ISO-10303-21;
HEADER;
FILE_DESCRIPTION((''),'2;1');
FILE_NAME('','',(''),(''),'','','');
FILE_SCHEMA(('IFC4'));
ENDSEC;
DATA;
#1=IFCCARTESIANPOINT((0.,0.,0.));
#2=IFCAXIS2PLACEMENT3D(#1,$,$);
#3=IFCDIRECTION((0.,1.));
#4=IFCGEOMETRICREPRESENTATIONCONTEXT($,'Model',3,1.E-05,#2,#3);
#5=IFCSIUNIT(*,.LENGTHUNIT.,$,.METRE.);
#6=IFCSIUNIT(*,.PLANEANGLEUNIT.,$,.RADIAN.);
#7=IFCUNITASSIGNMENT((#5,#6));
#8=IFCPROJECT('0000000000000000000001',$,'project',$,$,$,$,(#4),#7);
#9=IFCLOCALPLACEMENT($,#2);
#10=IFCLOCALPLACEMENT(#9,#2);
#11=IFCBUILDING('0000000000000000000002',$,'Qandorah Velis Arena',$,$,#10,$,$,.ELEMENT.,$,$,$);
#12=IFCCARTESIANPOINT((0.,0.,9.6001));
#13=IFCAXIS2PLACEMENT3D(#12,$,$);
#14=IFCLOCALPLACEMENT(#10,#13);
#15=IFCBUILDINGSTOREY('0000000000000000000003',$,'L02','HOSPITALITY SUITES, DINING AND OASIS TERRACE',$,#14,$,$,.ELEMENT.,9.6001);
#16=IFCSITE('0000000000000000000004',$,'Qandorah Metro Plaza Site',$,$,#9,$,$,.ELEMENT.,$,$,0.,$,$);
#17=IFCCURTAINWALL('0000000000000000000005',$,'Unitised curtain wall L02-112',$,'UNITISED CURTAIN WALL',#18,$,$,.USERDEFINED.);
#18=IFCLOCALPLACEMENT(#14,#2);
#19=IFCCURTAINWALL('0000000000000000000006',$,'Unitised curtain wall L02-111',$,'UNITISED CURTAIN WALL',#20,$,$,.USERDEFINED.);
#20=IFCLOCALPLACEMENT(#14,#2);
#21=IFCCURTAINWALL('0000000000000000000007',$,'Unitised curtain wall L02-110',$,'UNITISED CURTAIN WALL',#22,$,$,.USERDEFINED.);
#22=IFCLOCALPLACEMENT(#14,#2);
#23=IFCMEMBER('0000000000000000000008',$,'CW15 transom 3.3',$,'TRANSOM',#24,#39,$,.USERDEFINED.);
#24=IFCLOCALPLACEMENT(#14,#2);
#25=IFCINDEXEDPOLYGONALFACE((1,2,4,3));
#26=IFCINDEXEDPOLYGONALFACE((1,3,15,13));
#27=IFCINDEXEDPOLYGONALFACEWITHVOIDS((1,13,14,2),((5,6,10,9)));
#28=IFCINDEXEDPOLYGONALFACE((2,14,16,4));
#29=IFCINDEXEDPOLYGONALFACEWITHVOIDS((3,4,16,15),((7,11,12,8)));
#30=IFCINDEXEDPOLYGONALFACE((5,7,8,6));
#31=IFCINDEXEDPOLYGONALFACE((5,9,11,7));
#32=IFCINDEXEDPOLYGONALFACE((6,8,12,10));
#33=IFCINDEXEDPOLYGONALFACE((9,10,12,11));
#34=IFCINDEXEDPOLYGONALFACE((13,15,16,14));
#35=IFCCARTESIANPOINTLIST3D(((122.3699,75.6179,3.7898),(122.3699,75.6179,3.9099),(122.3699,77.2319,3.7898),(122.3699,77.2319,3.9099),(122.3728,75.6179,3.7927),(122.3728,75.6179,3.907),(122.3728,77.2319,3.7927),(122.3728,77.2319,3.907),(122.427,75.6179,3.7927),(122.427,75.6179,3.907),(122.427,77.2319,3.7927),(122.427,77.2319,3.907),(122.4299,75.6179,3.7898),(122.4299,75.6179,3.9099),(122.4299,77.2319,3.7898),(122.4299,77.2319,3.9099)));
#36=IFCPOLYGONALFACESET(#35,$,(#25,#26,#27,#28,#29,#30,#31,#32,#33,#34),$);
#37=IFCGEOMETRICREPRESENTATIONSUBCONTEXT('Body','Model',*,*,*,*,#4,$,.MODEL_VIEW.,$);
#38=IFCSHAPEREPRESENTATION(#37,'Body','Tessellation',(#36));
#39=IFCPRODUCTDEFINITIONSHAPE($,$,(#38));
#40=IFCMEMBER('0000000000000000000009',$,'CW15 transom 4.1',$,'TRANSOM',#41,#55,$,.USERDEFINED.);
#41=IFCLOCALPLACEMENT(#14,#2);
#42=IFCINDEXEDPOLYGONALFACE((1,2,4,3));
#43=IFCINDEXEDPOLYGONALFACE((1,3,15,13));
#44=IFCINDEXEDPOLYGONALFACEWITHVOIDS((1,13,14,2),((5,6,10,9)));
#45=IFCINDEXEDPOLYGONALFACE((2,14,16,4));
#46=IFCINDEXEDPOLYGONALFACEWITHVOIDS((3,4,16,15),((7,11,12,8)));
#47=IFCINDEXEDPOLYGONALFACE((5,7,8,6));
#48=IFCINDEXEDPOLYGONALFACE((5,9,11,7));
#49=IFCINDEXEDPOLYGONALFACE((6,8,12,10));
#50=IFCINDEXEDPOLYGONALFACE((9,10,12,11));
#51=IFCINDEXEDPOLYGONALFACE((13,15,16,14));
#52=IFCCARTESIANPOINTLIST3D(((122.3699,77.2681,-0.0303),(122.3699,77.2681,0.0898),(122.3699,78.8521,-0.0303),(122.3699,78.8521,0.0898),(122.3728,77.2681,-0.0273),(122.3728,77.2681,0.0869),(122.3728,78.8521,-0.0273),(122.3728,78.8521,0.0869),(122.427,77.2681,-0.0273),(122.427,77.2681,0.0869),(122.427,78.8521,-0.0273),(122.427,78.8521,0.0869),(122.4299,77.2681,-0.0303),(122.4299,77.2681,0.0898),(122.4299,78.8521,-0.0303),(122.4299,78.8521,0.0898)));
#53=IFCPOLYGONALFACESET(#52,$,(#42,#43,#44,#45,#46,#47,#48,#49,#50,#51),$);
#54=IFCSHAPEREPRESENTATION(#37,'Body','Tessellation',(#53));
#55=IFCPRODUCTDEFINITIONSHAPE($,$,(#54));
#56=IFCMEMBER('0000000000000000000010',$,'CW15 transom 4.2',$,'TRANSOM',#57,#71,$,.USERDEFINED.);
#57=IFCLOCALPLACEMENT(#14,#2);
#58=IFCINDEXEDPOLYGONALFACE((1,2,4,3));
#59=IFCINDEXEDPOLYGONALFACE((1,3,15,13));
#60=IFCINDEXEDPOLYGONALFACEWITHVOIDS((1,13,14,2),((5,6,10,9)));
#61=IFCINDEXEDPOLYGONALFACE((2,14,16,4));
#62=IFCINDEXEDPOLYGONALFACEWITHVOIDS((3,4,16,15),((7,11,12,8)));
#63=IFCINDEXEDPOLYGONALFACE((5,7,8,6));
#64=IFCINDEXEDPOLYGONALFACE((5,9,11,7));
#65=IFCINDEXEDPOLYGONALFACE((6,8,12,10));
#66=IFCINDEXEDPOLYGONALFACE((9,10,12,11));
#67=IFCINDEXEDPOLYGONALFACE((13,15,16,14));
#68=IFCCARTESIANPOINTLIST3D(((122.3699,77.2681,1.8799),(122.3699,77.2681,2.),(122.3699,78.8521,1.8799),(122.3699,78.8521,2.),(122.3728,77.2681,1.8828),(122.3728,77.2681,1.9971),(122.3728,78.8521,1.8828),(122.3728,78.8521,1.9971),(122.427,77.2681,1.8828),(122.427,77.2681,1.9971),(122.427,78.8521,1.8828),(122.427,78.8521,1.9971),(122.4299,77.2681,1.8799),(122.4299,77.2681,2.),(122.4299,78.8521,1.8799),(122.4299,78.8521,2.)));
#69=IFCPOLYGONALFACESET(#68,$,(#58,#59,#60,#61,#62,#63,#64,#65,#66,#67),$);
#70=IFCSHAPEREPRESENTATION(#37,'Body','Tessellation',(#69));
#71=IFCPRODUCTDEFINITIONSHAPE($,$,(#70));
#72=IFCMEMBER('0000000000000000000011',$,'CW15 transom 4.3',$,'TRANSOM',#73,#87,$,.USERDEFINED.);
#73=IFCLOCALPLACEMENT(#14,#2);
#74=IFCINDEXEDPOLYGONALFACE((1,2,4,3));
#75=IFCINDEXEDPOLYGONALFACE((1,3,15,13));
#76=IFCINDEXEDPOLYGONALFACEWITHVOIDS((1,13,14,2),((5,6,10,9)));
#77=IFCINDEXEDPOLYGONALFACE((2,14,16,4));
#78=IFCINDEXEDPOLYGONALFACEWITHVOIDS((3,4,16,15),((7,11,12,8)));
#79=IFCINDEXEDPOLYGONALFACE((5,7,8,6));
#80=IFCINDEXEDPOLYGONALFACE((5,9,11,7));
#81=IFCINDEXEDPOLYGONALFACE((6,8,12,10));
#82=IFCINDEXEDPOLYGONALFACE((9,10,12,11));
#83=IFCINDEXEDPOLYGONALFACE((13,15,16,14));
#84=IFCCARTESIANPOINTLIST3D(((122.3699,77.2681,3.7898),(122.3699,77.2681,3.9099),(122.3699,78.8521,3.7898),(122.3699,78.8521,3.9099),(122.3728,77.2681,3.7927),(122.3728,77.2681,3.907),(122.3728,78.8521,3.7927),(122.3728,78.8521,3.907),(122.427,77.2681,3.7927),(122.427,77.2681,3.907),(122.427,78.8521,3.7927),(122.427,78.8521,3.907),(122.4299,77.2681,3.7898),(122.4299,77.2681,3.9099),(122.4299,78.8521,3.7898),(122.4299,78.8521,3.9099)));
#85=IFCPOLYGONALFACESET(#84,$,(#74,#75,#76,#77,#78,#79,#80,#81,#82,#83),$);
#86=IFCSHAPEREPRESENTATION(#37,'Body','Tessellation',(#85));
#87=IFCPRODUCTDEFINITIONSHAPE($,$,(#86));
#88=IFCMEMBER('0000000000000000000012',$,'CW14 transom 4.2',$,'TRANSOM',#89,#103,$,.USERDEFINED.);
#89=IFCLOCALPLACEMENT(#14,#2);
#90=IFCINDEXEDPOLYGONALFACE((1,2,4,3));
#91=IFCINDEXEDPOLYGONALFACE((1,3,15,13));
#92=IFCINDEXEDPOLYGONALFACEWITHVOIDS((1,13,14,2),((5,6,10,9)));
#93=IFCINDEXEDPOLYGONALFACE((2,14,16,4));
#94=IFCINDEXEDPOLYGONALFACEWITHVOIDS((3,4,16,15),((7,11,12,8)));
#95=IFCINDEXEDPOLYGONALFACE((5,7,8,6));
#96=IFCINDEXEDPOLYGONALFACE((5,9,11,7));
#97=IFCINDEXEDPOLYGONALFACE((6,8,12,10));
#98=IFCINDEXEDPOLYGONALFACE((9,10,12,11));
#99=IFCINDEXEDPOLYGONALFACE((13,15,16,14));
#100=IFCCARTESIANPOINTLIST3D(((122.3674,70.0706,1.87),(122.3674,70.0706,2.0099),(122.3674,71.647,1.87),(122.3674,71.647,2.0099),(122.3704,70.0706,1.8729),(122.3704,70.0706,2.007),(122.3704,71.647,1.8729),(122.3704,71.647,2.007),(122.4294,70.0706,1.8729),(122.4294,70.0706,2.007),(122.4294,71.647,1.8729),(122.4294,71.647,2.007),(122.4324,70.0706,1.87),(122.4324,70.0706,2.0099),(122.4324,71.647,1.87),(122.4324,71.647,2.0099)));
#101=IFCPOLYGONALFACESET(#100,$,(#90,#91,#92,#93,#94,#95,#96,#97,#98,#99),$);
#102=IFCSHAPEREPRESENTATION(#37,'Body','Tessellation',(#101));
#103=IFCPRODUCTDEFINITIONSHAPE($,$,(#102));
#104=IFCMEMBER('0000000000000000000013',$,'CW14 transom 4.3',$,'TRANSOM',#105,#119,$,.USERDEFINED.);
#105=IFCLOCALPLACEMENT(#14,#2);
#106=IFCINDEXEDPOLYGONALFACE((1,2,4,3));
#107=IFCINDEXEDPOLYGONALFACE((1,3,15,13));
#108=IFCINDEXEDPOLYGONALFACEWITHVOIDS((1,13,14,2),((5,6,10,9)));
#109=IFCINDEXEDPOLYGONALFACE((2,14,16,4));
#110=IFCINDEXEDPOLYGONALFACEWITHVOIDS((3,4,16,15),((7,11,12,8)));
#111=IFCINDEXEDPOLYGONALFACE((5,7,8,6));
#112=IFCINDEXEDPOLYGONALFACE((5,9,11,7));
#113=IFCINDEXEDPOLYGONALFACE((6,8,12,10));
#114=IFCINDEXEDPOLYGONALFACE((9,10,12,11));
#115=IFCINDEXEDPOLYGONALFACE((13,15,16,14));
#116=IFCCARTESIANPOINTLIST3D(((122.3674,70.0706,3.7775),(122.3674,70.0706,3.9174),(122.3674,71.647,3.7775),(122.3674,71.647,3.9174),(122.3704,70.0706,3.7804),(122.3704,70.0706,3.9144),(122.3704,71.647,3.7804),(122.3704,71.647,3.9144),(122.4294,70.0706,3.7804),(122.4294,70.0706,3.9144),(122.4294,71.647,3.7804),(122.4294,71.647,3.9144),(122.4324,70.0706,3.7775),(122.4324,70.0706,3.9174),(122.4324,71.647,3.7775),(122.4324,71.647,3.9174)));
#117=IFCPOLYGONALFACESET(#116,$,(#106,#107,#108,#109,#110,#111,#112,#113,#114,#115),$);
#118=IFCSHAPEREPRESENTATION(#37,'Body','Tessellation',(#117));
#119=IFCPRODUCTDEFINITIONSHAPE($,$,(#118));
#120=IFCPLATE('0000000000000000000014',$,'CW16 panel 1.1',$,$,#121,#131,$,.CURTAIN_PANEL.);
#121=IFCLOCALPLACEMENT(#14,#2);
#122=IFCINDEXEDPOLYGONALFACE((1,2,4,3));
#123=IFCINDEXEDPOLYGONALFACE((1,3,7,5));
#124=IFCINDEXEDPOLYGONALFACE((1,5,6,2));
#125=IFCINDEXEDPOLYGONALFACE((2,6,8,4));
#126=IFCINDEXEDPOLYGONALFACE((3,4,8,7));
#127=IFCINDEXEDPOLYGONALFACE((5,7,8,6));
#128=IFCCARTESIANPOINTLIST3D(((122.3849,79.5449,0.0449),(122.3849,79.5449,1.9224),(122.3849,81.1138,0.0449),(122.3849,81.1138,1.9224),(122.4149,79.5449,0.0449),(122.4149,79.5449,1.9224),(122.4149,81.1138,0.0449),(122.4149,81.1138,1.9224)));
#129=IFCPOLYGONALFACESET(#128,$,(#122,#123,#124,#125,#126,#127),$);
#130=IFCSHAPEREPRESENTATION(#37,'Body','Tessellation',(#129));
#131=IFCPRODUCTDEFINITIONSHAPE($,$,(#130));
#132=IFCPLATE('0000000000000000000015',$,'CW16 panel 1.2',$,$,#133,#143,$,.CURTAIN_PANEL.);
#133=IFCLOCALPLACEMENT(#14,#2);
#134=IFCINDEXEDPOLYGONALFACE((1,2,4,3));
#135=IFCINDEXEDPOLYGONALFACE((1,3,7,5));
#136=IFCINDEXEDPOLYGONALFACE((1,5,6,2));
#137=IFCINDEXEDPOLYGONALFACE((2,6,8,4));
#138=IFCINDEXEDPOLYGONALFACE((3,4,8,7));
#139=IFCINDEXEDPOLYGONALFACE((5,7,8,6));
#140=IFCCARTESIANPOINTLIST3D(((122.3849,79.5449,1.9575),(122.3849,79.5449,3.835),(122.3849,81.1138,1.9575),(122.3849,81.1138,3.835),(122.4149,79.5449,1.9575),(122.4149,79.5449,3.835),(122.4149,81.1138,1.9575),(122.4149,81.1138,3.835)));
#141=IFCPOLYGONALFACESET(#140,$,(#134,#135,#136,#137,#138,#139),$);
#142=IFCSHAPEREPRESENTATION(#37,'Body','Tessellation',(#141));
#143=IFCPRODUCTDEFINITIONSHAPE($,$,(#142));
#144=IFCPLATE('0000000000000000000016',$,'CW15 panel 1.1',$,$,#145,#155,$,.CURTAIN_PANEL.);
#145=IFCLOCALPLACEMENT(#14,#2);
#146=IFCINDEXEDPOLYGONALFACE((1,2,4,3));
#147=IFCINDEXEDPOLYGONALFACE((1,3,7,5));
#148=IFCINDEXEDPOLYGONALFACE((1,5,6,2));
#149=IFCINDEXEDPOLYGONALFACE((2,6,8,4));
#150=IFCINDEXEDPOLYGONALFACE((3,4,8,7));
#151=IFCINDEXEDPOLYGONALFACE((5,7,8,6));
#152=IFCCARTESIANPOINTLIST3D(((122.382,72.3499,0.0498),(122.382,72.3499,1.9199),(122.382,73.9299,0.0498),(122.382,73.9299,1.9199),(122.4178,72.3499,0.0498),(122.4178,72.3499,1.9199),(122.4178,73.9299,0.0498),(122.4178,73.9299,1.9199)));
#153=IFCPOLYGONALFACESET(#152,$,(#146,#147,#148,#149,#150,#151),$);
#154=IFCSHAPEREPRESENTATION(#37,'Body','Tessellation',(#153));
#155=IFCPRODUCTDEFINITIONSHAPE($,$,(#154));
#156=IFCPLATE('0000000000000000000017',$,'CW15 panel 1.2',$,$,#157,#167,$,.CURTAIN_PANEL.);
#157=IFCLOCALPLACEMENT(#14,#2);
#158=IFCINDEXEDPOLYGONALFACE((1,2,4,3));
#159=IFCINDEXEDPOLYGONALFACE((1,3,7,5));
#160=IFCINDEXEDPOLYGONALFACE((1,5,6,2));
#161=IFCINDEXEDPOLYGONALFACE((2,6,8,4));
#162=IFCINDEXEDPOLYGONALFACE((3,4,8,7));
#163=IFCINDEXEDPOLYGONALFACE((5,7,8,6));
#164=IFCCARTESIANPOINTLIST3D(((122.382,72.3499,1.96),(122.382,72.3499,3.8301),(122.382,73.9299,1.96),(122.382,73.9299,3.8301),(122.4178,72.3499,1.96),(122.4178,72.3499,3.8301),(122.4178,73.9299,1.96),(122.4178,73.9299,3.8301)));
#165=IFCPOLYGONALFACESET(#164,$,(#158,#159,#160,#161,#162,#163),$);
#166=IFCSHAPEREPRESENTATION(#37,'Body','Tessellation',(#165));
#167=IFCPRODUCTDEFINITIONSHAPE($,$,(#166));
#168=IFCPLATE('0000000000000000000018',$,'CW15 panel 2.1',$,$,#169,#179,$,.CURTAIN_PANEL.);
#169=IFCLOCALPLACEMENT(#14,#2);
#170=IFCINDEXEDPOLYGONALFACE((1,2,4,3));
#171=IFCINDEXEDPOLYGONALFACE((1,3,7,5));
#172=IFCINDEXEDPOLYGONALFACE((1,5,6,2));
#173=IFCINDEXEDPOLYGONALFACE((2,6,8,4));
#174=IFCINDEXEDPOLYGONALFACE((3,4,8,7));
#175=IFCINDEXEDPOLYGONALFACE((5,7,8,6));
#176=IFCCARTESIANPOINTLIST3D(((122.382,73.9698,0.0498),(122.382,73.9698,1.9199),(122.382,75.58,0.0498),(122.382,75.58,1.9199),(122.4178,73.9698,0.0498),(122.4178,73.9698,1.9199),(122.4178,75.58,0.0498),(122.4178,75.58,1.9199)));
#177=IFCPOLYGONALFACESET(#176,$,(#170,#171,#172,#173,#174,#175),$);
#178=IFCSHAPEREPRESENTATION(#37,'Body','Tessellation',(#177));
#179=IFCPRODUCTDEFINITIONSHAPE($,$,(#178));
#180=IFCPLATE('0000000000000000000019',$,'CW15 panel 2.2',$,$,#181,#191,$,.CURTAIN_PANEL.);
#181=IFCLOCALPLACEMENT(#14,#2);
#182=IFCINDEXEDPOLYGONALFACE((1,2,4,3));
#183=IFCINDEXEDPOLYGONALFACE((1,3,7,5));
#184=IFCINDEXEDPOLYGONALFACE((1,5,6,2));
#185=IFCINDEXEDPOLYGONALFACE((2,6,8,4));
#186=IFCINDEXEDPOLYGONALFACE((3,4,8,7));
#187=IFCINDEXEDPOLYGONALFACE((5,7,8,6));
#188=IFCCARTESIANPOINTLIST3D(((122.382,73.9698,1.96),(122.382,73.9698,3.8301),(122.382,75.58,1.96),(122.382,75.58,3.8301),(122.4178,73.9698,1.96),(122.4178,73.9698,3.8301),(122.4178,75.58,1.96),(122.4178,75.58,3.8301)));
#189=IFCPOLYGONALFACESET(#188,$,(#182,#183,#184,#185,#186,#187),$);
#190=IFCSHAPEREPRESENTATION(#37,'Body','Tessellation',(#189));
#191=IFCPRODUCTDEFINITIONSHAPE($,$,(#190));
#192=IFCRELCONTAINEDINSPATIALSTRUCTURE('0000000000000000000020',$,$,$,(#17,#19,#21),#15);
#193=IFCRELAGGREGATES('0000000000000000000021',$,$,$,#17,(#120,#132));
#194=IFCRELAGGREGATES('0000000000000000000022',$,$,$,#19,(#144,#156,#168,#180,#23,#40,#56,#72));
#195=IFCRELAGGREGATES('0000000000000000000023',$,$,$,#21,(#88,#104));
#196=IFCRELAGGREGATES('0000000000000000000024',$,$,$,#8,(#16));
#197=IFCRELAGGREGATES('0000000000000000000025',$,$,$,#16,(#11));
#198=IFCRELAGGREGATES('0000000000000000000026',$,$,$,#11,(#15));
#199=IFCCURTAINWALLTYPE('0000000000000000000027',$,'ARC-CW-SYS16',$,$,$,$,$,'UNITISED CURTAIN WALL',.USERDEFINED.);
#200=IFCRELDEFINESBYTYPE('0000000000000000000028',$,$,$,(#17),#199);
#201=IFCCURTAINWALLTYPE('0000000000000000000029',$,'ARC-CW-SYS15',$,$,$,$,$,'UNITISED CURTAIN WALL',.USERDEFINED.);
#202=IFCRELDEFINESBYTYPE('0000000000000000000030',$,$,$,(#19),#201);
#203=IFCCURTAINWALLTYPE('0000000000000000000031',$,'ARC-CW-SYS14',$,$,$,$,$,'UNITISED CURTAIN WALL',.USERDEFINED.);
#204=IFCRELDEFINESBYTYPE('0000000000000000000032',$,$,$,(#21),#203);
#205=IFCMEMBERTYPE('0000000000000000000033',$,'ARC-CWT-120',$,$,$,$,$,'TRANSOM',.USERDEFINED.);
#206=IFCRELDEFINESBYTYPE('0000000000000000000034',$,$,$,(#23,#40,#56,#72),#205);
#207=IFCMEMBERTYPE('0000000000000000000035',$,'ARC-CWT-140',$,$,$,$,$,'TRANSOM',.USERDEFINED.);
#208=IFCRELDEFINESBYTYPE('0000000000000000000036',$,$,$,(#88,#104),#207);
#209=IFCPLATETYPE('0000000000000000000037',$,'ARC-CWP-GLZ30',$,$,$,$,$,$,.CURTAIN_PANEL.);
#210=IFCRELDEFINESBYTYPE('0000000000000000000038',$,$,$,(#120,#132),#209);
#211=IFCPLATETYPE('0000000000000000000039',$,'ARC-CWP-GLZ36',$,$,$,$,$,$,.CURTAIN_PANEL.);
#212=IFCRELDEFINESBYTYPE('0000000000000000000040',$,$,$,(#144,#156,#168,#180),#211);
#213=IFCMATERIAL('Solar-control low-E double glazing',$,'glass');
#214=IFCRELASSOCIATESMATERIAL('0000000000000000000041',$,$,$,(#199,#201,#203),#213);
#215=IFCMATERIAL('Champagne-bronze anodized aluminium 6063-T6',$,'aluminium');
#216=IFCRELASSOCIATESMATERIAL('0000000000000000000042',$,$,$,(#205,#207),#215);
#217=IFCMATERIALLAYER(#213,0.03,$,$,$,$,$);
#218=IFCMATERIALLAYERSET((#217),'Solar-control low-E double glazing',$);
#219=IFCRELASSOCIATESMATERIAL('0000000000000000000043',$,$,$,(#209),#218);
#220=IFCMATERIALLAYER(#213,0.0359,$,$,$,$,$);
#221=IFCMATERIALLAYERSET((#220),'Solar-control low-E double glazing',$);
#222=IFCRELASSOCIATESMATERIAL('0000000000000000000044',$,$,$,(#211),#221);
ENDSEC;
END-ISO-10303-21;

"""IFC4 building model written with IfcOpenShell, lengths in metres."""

from ifc_helpers import new_model, si_unit, direction, frame, origin, origin_2d, place, context, subcontext, project, spatial, rectangle, hollow_rectangle, extrude, material, layer, layer_set, material_profile, profile_set, type_object, element, aggregate, save


model = new_model("IFC4")

# Units and contexts
model_context = context("Model", 3, precision=1e-05, world=origin(), true_north=direction((0.0, 1.0)))
body_context = subcontext(model_context, "Body", "Model", "MODEL_VIEW")
ifc_project = project(units=[si_unit("LENGTHUNIT", "METRE"), si_unit("PLANEANGLEUNIT", "RADIAN")], contexts=[model_context])

# Site, building, storey
site_placement = place(None, origin())
site = spatial("IfcSite", under=ifc_project, at=site_placement, Name="Qandorah Metro Plaza Site", CompositionType="ELEMENT", RefElevation=0.0)
building_placement = place(site_placement, origin())
building = spatial("IfcBuilding", under=site, at=building_placement, Name="Qandorah Velis Arena", CompositionType="ELEMENT")
storey_placement = place(building_placement, frame((0.0, 0.0, 9.6001)))
storey = spatial("IfcBuildingStorey", under=building, at=storey_placement, Name="L02", Description="HOSPITALITY SUITES, DINING AND OASIS TERRACE", CompositionType="ELEMENT", Elevation=9.6001)

# Curtain walls
ifc_material_1 = material(Name="Solar-control low-E double glazing", Category="glass")
curtain_wall_type_1 = type_object("IfcCurtainWallType", Name="ARC-CW-SYS16", ElementType="UNITISED CURTAIN WALL", PredefinedType="USERDEFINED", material=ifc_material_1)
curtain_wall_1_placement = place(storey_placement, origin())
curtain_wall_1 = element("IfcCurtainWall", 1, at=curtain_wall_1_placement, inside=storey, type_object=curtain_wall_type_1, Name="Unitised curtain wall L02-112", ObjectType="UNITISED CURTAIN WALL", PredefinedType="USERDEFINED")
ifc_material_2 = material(Name="Champagne-bronze anodized aluminium 6063-T6", Category="aluminium")
curtain_wall_type_2 = type_object("IfcCurtainWallType", Name="ARC-CW-SYS15", ElementType="UNITISED CURTAIN WALL", PredefinedType="USERDEFINED", material=ifc_material_1)
curtain_wall_2_placement = place(storey_placement, origin())
curtain_wall_2 = element("IfcCurtainWall", 2, at=curtain_wall_2_placement, inside=storey, type_object=curtain_wall_type_2, Name="Unitised curtain wall L02-111", ObjectType="UNITISED CURTAIN WALL", PredefinedType="USERDEFINED")

# Curtain wall
curtain_wall_type_3 = type_object("IfcCurtainWallType", Name="ARC-CW-SYS14", ElementType="UNITISED CURTAIN WALL", PredefinedType="USERDEFINED", material=ifc_material_1)
curtain_wall_3_placement = place(storey_placement, origin())
curtain_wall_3 = element("IfcCurtainWall", 3, at=curtain_wall_3_placement, inside=storey, type_object=curtain_wall_type_3, Name="Unitised curtain wall L02-110", ObjectType="UNITISED CURTAIN WALL", PredefinedType="USERDEFINED")

# Members
ifc_material_profile_1 = material_profile(ifc_material_2, hollow_rectangle(XDim=0.0601, YDim=0.1201, WallThickness=0.0029, at=origin_2d()), Name="ALU TRANSOM 60x120")
ifc_profile_set_1 = profile_set([ifc_material_profile_1], Name="Champagne-bronze anodized aluminium 6063-T6")
member_type_1 = type_object("IfcMemberType", Name="ARC-CWT-120", ElementType="TRANSOM", PredefinedType="USERDEFINED", material=ifc_profile_set_1)
member_1_placement = place(storey_placement, frame((122.3999, 75.6179, 3.8499), z_axis=(0.0, 1.0, 0.0), x_axis=(-1.0, 0.0, 0.0)))
member_1 = element("IfcMember", 4, at=member_1_placement, type_object=member_type_1, Name="CW15 transom 3.3", ObjectType="TRANSOM", PredefinedType="USERDEFINED", context=body_context, shape_type="SweptSolid", body=[
    extrude(hollow_rectangle(XDim=0.0601, YDim=0.1201, WallThickness=0.0029, at=origin_2d()), origin(), (0.0, 0.0, 1.0), 1.614),
])
member_2_placement = place(storey_placement, frame((122.3999, 77.2681, 0.0298), z_axis=(0.0, 1.0, 0.0), x_axis=(-1.0, 0.0, 0.0)))
member_2 = element("IfcMember", 5, at=member_2_placement, type_object=member_type_1, Name="CW15 transom 4.1", ObjectType="TRANSOM", PredefinedType="USERDEFINED", context=body_context, shape_type="SweptSolid", body=[
    extrude(hollow_rectangle(XDim=0.0601, YDim=0.1201, WallThickness=0.0029, at=origin_2d()), origin(), (0.0, 0.0, 1.0), 1.584),
])
member_3_placement = place(storey_placement, frame((122.3999, 77.2681, 1.9399), z_axis=(0.0, 1.0, 0.0), x_axis=(-1.0, 0.0, 0.0)))
member_3 = element("IfcMember", 6, at=member_3_placement, type_object=member_type_1, Name="CW15 transom 4.2", ObjectType="TRANSOM", PredefinedType="USERDEFINED", context=body_context, shape_type="SweptSolid", body=[
    extrude(hollow_rectangle(XDim=0.0601, YDim=0.1201, WallThickness=0.0029, at=origin_2d()), origin(), (0.0, 0.0, 1.0), 1.584),
])
member_4_placement = place(storey_placement, frame((122.3999, 77.2681, 3.8499), z_axis=(0.0, 1.0, 0.0), x_axis=(-1.0, 0.0, 0.0)))
member_4 = element("IfcMember", 7, at=member_4_placement, type_object=member_type_1, Name="CW15 transom 4.3", ObjectType="TRANSOM", PredefinedType="USERDEFINED", context=body_context, shape_type="SweptSolid", body=[
    extrude(hollow_rectangle(XDim=0.0601, YDim=0.1201, WallThickness=0.0029, at=origin_2d()), origin(), (0.0, 0.0, 1.0), 1.584),
])
ifc_material_profile_2 = material_profile(ifc_material_2, hollow_rectangle(XDim=0.0649, YDim=0.1399, WallThickness=0.0029, at=origin_2d()), Name="ALU TRANSOM 65x140")
ifc_profile_set_2 = profile_set([ifc_material_profile_2], Name="Champagne-bronze anodized aluminium 6063-T6")
member_type_2 = type_object("IfcMemberType", Name="ARC-CWT-140", ElementType="TRANSOM", PredefinedType="USERDEFINED", material=ifc_profile_set_2)
member_5_placement = place(storey_placement, frame((122.3999, 70.0706, 1.9399), z_axis=(0.0, 1.0, 0.0), x_axis=(-1.0, 0.0, 0.0)))
member_5 = element("IfcMember", 8, at=member_5_placement, type_object=member_type_2, Name="CW14 transom 4.2", ObjectType="TRANSOM", PredefinedType="USERDEFINED", context=body_context, shape_type="SweptSolid", body=[
    extrude(hollow_rectangle(XDim=0.0649, YDim=0.1399, WallThickness=0.0029, at=origin_2d()), origin(), (0.0, 0.0, 1.0), 1.5764),
])
member_6_placement = place(storey_placement, frame((122.3999, 70.0706, 3.8474), z_axis=(0.0, 1.0, 0.0), x_axis=(-1.0, 0.0, 0.0)))
member_6 = element("IfcMember", 9, at=member_6_placement, type_object=member_type_2, Name="CW14 transom 4.3", ObjectType="TRANSOM", PredefinedType="USERDEFINED", context=body_context, shape_type="SweptSolid", body=[
    extrude(hollow_rectangle(XDim=0.0649, YDim=0.1399, WallThickness=0.0029, at=origin_2d()), origin(), (0.0, 0.0, 1.0), 1.5764),
])

# Plates
ifc_layer_1 = layer(ifc_material_1, 0.03)
ifc_layer_set_1 = layer_set([ifc_layer_1], Name="Solar-control low-E double glazing")
plate_type_1 = type_object("IfcPlateType", Name="ARC-CWP-GLZ30", PredefinedType="CURTAIN_PANEL", material=ifc_layer_set_1)
plate_1_placement = place(storey_placement, frame((122.3999, 80.3293, 0.0449), z_axis=(0.0, 0.0, 1.0), x_axis=(0.0, 1.0, 0.0)))
plate_1 = element("IfcPlate", 10, at=plate_1_placement, type_object=plate_type_1, Name="CW16 panel 1.1", PredefinedType="CURTAIN_PANEL", context=body_context, shape_type="SweptSolid", body=[
    extrude(rectangle(XDim=1.5688, YDim=0.03, at=origin_2d()), origin(), (0.0, 0.0, 1.0), 1.8774),
])
plate_2_placement = place(storey_placement, frame((122.3999, 80.3293, 1.9575), z_axis=(0.0, 0.0, 1.0), x_axis=(0.0, 1.0, 0.0)))
plate_2 = element("IfcPlate", 11, at=plate_2_placement, type_object=plate_type_1, Name="CW16 panel 1.2", PredefinedType="CURTAIN_PANEL", context=body_context, shape_type="SweptSolid", body=[
    extrude(rectangle(XDim=1.5688, YDim=0.03, at=origin_2d()), origin(), (0.0, 0.0, 1.0), 1.8774),
])
aggregate(curtain_wall_1, [plate_1, plate_2])
ifc_layer_2 = layer(ifc_material_1, 0.0359)
ifc_layer_set_2 = layer_set([ifc_layer_2], Name="Solar-control low-E double glazing")
plate_type_2 = type_object("IfcPlateType", Name="ARC-CWP-GLZ36", PredefinedType="CURTAIN_PANEL", material=ifc_layer_set_2)
plate_3_placement = place(storey_placement, frame((122.3999, 73.1399, 0.0498), z_axis=(0.0, 0.0, 1.0), x_axis=(0.0, 1.0, 0.0)))
plate_3 = element("IfcPlate", 12, at=plate_3_placement, type_object=plate_type_2, Name="CW15 panel 1.1", PredefinedType="CURTAIN_PANEL", context=body_context, shape_type="SweptSolid", body=[
    extrude(rectangle(XDim=1.5801, YDim=0.0359, at=origin_2d()), origin(), (0.0, 0.0, 1.0), 1.8701),
])
plate_4_placement = place(storey_placement, frame((122.3999, 73.1399, 1.96), z_axis=(0.0, 0.0, 1.0), x_axis=(0.0, 1.0, 0.0)))
plate_4 = element("IfcPlate", 13, at=plate_4_placement, type_object=plate_type_2, Name="CW15 panel 1.2", PredefinedType="CURTAIN_PANEL", context=body_context, shape_type="SweptSolid", body=[
    extrude(rectangle(XDim=1.5801, YDim=0.0359, at=origin_2d()), origin(), (0.0, 0.0, 1.0), 1.8701),
])
plate_5_placement = place(storey_placement, frame((122.3999, 74.7749, 0.0498), z_axis=(0.0, 0.0, 1.0), x_axis=(0.0, 1.0, 0.0)))
plate_5 = element("IfcPlate", 14, at=plate_5_placement, type_object=plate_type_2, Name="CW15 panel 2.1", PredefinedType="CURTAIN_PANEL", context=body_context, shape_type="SweptSolid", body=[
    extrude(rectangle(XDim=1.6101, YDim=0.0359, at=origin_2d()), origin(), (0.0, 0.0, 1.0), 1.8701),
])
plate_6_placement = place(storey_placement, frame((122.3999, 74.7749, 1.96), z_axis=(0.0, 0.0, 1.0), x_axis=(0.0, 1.0, 0.0)))
plate_6 = element("IfcPlate", 15, at=plate_6_placement, type_object=plate_type_2, Name="CW15 panel 2.2", PredefinedType="CURTAIN_PANEL", context=body_context, shape_type="SweptSolid", body=[
    extrude(rectangle(XDim=1.6101, YDim=0.0359, at=origin_2d()), origin(), (0.0, 0.0, 1.0), 1.8701),
])
aggregate(curtain_wall_2, [plate_3, plate_4, plate_5, plate_6, member_1, member_2, member_3, member_4])
aggregate(curtain_wall_3, [member_5, member_6])

save(model, "model.ifc")
